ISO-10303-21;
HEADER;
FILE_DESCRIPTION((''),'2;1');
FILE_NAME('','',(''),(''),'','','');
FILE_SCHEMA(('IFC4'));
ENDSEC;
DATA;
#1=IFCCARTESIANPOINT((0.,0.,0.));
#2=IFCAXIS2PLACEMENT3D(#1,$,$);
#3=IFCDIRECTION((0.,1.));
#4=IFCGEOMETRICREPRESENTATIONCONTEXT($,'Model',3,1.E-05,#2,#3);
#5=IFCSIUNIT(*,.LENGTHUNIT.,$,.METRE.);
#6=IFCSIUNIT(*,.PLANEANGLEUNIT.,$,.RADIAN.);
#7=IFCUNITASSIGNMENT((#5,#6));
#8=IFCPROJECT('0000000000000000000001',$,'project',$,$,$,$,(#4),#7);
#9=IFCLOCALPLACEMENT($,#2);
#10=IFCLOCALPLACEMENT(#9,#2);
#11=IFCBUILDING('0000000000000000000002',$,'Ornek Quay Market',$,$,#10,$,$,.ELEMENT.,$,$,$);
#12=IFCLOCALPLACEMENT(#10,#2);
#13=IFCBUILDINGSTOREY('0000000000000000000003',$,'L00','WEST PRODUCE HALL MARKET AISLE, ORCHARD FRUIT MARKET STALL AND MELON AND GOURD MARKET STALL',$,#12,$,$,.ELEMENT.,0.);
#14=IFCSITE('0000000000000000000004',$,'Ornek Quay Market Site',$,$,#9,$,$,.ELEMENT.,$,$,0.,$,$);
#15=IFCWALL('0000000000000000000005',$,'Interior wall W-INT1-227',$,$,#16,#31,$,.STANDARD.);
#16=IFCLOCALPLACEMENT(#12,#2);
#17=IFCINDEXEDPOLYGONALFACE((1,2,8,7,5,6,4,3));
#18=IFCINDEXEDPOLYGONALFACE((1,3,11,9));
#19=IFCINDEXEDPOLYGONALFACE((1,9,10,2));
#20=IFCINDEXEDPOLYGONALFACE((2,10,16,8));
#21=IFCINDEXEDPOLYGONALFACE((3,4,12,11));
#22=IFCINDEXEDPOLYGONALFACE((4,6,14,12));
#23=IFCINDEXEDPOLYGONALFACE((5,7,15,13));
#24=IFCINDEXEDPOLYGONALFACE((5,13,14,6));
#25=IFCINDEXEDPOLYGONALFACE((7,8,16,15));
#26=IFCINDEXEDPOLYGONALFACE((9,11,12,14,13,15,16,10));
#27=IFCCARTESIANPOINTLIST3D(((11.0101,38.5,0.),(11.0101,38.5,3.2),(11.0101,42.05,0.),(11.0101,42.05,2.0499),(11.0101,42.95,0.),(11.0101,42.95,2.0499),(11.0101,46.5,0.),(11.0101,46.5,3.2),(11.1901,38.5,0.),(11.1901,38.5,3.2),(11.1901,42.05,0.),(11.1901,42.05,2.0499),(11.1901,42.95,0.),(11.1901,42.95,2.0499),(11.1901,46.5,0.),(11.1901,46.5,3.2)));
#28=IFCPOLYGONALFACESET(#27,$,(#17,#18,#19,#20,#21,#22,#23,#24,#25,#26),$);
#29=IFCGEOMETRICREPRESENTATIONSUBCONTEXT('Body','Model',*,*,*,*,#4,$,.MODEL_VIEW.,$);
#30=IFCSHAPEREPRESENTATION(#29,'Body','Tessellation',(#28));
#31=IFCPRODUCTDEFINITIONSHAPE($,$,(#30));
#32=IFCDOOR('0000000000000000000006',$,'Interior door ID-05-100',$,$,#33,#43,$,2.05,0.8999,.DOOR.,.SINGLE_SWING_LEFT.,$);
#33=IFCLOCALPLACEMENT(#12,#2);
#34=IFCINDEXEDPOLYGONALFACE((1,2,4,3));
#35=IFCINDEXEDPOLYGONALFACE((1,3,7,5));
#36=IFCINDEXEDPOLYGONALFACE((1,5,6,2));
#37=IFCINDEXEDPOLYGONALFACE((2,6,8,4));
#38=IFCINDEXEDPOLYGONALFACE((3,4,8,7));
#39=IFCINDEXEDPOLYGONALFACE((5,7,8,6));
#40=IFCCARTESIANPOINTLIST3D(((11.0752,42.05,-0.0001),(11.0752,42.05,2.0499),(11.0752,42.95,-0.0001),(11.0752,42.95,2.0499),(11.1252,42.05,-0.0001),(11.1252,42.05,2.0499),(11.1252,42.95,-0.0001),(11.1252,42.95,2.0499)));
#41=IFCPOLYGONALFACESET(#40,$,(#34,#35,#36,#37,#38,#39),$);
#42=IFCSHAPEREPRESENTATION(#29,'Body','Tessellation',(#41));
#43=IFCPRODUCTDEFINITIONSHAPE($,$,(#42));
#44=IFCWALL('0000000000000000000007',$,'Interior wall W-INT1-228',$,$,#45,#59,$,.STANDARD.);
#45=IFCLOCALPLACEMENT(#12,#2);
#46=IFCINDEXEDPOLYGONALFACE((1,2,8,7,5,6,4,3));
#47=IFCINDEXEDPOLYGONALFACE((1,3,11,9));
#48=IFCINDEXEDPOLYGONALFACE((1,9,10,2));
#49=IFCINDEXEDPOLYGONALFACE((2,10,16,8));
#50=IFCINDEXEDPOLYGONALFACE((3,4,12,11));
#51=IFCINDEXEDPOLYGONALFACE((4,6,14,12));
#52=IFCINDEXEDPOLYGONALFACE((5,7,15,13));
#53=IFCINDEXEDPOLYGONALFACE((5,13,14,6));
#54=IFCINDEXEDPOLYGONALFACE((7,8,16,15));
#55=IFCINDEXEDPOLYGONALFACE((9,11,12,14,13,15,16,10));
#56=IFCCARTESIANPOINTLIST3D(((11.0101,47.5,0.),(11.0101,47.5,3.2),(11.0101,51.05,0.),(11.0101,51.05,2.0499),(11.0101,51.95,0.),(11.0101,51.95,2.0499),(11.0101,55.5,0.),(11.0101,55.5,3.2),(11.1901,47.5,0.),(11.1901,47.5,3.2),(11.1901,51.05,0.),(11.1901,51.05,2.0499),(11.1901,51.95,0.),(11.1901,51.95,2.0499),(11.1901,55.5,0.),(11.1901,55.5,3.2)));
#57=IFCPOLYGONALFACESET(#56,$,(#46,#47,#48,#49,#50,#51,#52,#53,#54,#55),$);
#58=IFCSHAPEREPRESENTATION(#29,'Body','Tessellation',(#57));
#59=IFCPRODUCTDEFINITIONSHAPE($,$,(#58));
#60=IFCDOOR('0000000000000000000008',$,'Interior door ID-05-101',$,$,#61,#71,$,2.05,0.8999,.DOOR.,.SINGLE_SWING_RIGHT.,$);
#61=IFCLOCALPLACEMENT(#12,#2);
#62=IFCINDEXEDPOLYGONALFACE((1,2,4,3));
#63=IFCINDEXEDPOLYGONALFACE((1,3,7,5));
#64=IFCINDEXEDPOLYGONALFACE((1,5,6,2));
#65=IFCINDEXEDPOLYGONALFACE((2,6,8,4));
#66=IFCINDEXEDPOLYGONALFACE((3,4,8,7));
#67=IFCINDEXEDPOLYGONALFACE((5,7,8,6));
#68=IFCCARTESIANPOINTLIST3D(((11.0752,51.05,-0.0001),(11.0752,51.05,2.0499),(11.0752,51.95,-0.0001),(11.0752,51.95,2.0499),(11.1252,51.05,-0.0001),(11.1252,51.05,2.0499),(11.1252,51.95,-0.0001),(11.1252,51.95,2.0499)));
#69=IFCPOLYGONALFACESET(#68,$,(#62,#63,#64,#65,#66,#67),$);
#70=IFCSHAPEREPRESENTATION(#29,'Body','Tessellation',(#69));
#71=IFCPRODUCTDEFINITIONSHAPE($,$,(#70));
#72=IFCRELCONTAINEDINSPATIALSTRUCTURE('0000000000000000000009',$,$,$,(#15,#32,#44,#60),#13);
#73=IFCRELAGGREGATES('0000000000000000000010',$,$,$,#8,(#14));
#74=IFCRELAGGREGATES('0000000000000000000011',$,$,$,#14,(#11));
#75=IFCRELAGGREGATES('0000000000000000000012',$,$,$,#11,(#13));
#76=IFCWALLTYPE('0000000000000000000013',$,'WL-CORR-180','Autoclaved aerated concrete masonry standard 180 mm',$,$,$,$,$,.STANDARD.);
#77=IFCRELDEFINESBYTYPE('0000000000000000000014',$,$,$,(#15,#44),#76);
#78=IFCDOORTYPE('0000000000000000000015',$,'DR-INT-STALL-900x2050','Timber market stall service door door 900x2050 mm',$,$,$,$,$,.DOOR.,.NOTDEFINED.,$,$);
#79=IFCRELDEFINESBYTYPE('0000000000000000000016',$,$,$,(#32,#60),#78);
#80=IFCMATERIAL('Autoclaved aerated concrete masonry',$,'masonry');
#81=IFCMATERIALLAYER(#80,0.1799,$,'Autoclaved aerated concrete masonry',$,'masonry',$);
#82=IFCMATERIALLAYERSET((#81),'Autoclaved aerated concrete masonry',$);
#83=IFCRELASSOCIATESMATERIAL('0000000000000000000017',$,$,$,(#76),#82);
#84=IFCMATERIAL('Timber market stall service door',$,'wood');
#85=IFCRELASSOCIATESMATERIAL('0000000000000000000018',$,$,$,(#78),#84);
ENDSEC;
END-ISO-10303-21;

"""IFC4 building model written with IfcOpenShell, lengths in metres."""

from ifc_helpers import new_model, si_unit, direction, frame, frame_2d, origin, place, context, subcontext, project, spatial, rectangle, extrude, material, layer, layer_set, type_object, element, fill, save


model = new_model("IFC4")

# Units and contexts
model_context = context("Model", 3, precision=1e-05, world=origin(), true_north=direction((0.0, 1.0)))
body_context = subcontext(model_context, "Body", "Model", "MODEL_VIEW")
ifc_project = project(units=[si_unit("LENGTHUNIT", "METRE"), si_unit("PLANEANGLEUNIT", "RADIAN")], contexts=[model_context])

# Site, building, storey
site_placement = place(None, origin())
site = spatial("IfcSite", under=ifc_project, at=site_placement, Name="Ornek Quay Market Site", CompositionType="ELEMENT", RefElevation=0.0)
building_placement = place(site_placement, origin())
building = spatial("IfcBuilding", under=site, at=building_placement, Name="Ornek Quay Market", CompositionType="ELEMENT")
storey_placement = place(building_placement, origin())
storey = spatial("IfcBuildingStorey", under=building, at=storey_placement, Name="L00", Description="WEST PRODUCE HALL MARKET AISLE, ORCHARD FRUIT MARKET STALL AND MELON AND GOURD MARKET STALL", CompositionType="ELEMENT", Elevation=0.0)

# Walls, openings, doors
ifc_material_1 = material(Name="Autoclaved aerated concrete masonry", Category="masonry")
ifc_layer_1 = layer(ifc_material_1, 0.1799, Name="Autoclaved aerated concrete masonry", Category="masonry")
ifc_layer_set_1 = layer_set([ifc_layer_1], Name="Autoclaved aerated concrete masonry")
wall_type = type_object("IfcWallType", Name="WL-CORR-180", Description="Autoclaved aerated concrete masonry standard 180 mm", PredefinedType="STANDARD", material=ifc_layer_set_1)
wall_1_placement = place(storey_placement, frame((11.1001, 38.5, 0.0), z_axis=(0.0, 0.0, 1.0), x_axis=(0.0, 1.0, 0.0)))
wall_1 = element("IfcWall", 1, at=wall_1_placement, inside=storey, type_object=wall_type, Name="Interior wall W-INT1-227", PredefinedType="STANDARD", context=body_context, shape_type="SweptSolid", body=[
    extrude(rectangle(XDim=8.0, YDim=0.1799, at=frame_2d((4.0, 0.0))), origin(), (0.0, 0.0, 1.0), 3.2),
])
opening_1_placement = place(wall_1_placement, frame((3.55, 0.0, 0.0)))
opening_1 = element("IfcOpeningElement", 2, at=opening_1_placement, cuts=wall_1, PredefinedType="OPENING", context=body_context, shape_type="SweptSolid", body=[
    extrude(rectangle(XDim=0.8999, YDim=2.05, at=frame_2d((0.45, 1.0249))), frame((0.0, 0.0999, 0.0), z_axis=(0.0, -1.0, 0.0), x_axis=(1.0, 0.0, 0.0)), (0.0, 0.0, 1.0), 0.2),
])
ifc_material_2 = material(Name="Timber market stall service door", Category="wood")
door_type = type_object("IfcDoorType", Name="DR-INT-STALL-900x2050", Description="Timber market stall service door door 900x2050 mm", OperationType="NOTDEFINED", PredefinedType="DOOR", material=ifc_material_2)
door_1_placement = place(opening_1_placement, origin())
door_1 = element("IfcDoor", 3, at=door_1_placement, inside=storey, type_object=door_type, Name="Interior door ID-05-100", OperationType="SINGLE_SWING_LEFT", OverallHeight=2.05, OverallWidth=0.8999, PredefinedType="DOOR", context=body_context, shape_type="SweptSolid", body=[
    extrude(rectangle(XDim=0.8999, YDim=2.05, at=frame_2d((0.45, 1.0249))), frame((0.0, 0.0249, 0.0), z_axis=(0.0, -1.0, 0.0), x_axis=(1.0, 0.0, 0.0)), (0.0, 0.0, 1.0), 0.05),
])
fill(opening_1, door_1)
wall_2_placement = place(storey_placement, frame((11.1001, 47.5, 0.0), z_axis=(0.0, 0.0, 1.0), x_axis=(0.0, 1.0, 0.0)))
wall_2 = element("IfcWall", 4, at=wall_2_placement, inside=storey, type_object=wall_type, Name="Interior wall W-INT1-228", PredefinedType="STANDARD", context=body_context, shape_type="SweptSolid", body=[
    extrude(rectangle(XDim=8.0, YDim=0.1799, at=frame_2d((4.0, 0.0))), origin(), (0.0, 0.0, 1.0), 3.2),
])
opening_2_placement = place(wall_2_placement, frame((3.55, 0.0, 0.0)))
opening_2 = element("IfcOpeningElement", 5, at=opening_2_placement, cuts=wall_2, PredefinedType="OPENING", context=body_context, shape_type="SweptSolid", body=[
    extrude(rectangle(XDim=0.8999, YDim=2.05, at=frame_2d((0.45, 1.0249))), frame((0.0, 0.0999, 0.0), z_axis=(0.0, -1.0, 0.0), x_axis=(1.0, 0.0, 0.0)), (0.0, 0.0, 1.0), 0.2),
])
door_2_placement = place(opening_2_placement, origin())
door_2 = element("IfcDoor", 6, at=door_2_placement, inside=storey, type_object=door_type, Name="Interior door ID-05-101", OperationType="SINGLE_SWING_RIGHT", OverallHeight=2.05, OverallWidth=0.8999, PredefinedType="DOOR", context=body_context, shape_type="SweptSolid", body=[
    extrude(rectangle(XDim=0.8999, YDim=2.05, at=frame_2d((0.45, 1.0249))), frame((0.0, 0.0249, 0.0), z_axis=(0.0, -1.0, 0.0), x_axis=(1.0, 0.0, 0.0)), (0.0, 0.0, 1.0), 0.05),
])
fill(opening_2, door_2)

save(model, "model.ifc")
